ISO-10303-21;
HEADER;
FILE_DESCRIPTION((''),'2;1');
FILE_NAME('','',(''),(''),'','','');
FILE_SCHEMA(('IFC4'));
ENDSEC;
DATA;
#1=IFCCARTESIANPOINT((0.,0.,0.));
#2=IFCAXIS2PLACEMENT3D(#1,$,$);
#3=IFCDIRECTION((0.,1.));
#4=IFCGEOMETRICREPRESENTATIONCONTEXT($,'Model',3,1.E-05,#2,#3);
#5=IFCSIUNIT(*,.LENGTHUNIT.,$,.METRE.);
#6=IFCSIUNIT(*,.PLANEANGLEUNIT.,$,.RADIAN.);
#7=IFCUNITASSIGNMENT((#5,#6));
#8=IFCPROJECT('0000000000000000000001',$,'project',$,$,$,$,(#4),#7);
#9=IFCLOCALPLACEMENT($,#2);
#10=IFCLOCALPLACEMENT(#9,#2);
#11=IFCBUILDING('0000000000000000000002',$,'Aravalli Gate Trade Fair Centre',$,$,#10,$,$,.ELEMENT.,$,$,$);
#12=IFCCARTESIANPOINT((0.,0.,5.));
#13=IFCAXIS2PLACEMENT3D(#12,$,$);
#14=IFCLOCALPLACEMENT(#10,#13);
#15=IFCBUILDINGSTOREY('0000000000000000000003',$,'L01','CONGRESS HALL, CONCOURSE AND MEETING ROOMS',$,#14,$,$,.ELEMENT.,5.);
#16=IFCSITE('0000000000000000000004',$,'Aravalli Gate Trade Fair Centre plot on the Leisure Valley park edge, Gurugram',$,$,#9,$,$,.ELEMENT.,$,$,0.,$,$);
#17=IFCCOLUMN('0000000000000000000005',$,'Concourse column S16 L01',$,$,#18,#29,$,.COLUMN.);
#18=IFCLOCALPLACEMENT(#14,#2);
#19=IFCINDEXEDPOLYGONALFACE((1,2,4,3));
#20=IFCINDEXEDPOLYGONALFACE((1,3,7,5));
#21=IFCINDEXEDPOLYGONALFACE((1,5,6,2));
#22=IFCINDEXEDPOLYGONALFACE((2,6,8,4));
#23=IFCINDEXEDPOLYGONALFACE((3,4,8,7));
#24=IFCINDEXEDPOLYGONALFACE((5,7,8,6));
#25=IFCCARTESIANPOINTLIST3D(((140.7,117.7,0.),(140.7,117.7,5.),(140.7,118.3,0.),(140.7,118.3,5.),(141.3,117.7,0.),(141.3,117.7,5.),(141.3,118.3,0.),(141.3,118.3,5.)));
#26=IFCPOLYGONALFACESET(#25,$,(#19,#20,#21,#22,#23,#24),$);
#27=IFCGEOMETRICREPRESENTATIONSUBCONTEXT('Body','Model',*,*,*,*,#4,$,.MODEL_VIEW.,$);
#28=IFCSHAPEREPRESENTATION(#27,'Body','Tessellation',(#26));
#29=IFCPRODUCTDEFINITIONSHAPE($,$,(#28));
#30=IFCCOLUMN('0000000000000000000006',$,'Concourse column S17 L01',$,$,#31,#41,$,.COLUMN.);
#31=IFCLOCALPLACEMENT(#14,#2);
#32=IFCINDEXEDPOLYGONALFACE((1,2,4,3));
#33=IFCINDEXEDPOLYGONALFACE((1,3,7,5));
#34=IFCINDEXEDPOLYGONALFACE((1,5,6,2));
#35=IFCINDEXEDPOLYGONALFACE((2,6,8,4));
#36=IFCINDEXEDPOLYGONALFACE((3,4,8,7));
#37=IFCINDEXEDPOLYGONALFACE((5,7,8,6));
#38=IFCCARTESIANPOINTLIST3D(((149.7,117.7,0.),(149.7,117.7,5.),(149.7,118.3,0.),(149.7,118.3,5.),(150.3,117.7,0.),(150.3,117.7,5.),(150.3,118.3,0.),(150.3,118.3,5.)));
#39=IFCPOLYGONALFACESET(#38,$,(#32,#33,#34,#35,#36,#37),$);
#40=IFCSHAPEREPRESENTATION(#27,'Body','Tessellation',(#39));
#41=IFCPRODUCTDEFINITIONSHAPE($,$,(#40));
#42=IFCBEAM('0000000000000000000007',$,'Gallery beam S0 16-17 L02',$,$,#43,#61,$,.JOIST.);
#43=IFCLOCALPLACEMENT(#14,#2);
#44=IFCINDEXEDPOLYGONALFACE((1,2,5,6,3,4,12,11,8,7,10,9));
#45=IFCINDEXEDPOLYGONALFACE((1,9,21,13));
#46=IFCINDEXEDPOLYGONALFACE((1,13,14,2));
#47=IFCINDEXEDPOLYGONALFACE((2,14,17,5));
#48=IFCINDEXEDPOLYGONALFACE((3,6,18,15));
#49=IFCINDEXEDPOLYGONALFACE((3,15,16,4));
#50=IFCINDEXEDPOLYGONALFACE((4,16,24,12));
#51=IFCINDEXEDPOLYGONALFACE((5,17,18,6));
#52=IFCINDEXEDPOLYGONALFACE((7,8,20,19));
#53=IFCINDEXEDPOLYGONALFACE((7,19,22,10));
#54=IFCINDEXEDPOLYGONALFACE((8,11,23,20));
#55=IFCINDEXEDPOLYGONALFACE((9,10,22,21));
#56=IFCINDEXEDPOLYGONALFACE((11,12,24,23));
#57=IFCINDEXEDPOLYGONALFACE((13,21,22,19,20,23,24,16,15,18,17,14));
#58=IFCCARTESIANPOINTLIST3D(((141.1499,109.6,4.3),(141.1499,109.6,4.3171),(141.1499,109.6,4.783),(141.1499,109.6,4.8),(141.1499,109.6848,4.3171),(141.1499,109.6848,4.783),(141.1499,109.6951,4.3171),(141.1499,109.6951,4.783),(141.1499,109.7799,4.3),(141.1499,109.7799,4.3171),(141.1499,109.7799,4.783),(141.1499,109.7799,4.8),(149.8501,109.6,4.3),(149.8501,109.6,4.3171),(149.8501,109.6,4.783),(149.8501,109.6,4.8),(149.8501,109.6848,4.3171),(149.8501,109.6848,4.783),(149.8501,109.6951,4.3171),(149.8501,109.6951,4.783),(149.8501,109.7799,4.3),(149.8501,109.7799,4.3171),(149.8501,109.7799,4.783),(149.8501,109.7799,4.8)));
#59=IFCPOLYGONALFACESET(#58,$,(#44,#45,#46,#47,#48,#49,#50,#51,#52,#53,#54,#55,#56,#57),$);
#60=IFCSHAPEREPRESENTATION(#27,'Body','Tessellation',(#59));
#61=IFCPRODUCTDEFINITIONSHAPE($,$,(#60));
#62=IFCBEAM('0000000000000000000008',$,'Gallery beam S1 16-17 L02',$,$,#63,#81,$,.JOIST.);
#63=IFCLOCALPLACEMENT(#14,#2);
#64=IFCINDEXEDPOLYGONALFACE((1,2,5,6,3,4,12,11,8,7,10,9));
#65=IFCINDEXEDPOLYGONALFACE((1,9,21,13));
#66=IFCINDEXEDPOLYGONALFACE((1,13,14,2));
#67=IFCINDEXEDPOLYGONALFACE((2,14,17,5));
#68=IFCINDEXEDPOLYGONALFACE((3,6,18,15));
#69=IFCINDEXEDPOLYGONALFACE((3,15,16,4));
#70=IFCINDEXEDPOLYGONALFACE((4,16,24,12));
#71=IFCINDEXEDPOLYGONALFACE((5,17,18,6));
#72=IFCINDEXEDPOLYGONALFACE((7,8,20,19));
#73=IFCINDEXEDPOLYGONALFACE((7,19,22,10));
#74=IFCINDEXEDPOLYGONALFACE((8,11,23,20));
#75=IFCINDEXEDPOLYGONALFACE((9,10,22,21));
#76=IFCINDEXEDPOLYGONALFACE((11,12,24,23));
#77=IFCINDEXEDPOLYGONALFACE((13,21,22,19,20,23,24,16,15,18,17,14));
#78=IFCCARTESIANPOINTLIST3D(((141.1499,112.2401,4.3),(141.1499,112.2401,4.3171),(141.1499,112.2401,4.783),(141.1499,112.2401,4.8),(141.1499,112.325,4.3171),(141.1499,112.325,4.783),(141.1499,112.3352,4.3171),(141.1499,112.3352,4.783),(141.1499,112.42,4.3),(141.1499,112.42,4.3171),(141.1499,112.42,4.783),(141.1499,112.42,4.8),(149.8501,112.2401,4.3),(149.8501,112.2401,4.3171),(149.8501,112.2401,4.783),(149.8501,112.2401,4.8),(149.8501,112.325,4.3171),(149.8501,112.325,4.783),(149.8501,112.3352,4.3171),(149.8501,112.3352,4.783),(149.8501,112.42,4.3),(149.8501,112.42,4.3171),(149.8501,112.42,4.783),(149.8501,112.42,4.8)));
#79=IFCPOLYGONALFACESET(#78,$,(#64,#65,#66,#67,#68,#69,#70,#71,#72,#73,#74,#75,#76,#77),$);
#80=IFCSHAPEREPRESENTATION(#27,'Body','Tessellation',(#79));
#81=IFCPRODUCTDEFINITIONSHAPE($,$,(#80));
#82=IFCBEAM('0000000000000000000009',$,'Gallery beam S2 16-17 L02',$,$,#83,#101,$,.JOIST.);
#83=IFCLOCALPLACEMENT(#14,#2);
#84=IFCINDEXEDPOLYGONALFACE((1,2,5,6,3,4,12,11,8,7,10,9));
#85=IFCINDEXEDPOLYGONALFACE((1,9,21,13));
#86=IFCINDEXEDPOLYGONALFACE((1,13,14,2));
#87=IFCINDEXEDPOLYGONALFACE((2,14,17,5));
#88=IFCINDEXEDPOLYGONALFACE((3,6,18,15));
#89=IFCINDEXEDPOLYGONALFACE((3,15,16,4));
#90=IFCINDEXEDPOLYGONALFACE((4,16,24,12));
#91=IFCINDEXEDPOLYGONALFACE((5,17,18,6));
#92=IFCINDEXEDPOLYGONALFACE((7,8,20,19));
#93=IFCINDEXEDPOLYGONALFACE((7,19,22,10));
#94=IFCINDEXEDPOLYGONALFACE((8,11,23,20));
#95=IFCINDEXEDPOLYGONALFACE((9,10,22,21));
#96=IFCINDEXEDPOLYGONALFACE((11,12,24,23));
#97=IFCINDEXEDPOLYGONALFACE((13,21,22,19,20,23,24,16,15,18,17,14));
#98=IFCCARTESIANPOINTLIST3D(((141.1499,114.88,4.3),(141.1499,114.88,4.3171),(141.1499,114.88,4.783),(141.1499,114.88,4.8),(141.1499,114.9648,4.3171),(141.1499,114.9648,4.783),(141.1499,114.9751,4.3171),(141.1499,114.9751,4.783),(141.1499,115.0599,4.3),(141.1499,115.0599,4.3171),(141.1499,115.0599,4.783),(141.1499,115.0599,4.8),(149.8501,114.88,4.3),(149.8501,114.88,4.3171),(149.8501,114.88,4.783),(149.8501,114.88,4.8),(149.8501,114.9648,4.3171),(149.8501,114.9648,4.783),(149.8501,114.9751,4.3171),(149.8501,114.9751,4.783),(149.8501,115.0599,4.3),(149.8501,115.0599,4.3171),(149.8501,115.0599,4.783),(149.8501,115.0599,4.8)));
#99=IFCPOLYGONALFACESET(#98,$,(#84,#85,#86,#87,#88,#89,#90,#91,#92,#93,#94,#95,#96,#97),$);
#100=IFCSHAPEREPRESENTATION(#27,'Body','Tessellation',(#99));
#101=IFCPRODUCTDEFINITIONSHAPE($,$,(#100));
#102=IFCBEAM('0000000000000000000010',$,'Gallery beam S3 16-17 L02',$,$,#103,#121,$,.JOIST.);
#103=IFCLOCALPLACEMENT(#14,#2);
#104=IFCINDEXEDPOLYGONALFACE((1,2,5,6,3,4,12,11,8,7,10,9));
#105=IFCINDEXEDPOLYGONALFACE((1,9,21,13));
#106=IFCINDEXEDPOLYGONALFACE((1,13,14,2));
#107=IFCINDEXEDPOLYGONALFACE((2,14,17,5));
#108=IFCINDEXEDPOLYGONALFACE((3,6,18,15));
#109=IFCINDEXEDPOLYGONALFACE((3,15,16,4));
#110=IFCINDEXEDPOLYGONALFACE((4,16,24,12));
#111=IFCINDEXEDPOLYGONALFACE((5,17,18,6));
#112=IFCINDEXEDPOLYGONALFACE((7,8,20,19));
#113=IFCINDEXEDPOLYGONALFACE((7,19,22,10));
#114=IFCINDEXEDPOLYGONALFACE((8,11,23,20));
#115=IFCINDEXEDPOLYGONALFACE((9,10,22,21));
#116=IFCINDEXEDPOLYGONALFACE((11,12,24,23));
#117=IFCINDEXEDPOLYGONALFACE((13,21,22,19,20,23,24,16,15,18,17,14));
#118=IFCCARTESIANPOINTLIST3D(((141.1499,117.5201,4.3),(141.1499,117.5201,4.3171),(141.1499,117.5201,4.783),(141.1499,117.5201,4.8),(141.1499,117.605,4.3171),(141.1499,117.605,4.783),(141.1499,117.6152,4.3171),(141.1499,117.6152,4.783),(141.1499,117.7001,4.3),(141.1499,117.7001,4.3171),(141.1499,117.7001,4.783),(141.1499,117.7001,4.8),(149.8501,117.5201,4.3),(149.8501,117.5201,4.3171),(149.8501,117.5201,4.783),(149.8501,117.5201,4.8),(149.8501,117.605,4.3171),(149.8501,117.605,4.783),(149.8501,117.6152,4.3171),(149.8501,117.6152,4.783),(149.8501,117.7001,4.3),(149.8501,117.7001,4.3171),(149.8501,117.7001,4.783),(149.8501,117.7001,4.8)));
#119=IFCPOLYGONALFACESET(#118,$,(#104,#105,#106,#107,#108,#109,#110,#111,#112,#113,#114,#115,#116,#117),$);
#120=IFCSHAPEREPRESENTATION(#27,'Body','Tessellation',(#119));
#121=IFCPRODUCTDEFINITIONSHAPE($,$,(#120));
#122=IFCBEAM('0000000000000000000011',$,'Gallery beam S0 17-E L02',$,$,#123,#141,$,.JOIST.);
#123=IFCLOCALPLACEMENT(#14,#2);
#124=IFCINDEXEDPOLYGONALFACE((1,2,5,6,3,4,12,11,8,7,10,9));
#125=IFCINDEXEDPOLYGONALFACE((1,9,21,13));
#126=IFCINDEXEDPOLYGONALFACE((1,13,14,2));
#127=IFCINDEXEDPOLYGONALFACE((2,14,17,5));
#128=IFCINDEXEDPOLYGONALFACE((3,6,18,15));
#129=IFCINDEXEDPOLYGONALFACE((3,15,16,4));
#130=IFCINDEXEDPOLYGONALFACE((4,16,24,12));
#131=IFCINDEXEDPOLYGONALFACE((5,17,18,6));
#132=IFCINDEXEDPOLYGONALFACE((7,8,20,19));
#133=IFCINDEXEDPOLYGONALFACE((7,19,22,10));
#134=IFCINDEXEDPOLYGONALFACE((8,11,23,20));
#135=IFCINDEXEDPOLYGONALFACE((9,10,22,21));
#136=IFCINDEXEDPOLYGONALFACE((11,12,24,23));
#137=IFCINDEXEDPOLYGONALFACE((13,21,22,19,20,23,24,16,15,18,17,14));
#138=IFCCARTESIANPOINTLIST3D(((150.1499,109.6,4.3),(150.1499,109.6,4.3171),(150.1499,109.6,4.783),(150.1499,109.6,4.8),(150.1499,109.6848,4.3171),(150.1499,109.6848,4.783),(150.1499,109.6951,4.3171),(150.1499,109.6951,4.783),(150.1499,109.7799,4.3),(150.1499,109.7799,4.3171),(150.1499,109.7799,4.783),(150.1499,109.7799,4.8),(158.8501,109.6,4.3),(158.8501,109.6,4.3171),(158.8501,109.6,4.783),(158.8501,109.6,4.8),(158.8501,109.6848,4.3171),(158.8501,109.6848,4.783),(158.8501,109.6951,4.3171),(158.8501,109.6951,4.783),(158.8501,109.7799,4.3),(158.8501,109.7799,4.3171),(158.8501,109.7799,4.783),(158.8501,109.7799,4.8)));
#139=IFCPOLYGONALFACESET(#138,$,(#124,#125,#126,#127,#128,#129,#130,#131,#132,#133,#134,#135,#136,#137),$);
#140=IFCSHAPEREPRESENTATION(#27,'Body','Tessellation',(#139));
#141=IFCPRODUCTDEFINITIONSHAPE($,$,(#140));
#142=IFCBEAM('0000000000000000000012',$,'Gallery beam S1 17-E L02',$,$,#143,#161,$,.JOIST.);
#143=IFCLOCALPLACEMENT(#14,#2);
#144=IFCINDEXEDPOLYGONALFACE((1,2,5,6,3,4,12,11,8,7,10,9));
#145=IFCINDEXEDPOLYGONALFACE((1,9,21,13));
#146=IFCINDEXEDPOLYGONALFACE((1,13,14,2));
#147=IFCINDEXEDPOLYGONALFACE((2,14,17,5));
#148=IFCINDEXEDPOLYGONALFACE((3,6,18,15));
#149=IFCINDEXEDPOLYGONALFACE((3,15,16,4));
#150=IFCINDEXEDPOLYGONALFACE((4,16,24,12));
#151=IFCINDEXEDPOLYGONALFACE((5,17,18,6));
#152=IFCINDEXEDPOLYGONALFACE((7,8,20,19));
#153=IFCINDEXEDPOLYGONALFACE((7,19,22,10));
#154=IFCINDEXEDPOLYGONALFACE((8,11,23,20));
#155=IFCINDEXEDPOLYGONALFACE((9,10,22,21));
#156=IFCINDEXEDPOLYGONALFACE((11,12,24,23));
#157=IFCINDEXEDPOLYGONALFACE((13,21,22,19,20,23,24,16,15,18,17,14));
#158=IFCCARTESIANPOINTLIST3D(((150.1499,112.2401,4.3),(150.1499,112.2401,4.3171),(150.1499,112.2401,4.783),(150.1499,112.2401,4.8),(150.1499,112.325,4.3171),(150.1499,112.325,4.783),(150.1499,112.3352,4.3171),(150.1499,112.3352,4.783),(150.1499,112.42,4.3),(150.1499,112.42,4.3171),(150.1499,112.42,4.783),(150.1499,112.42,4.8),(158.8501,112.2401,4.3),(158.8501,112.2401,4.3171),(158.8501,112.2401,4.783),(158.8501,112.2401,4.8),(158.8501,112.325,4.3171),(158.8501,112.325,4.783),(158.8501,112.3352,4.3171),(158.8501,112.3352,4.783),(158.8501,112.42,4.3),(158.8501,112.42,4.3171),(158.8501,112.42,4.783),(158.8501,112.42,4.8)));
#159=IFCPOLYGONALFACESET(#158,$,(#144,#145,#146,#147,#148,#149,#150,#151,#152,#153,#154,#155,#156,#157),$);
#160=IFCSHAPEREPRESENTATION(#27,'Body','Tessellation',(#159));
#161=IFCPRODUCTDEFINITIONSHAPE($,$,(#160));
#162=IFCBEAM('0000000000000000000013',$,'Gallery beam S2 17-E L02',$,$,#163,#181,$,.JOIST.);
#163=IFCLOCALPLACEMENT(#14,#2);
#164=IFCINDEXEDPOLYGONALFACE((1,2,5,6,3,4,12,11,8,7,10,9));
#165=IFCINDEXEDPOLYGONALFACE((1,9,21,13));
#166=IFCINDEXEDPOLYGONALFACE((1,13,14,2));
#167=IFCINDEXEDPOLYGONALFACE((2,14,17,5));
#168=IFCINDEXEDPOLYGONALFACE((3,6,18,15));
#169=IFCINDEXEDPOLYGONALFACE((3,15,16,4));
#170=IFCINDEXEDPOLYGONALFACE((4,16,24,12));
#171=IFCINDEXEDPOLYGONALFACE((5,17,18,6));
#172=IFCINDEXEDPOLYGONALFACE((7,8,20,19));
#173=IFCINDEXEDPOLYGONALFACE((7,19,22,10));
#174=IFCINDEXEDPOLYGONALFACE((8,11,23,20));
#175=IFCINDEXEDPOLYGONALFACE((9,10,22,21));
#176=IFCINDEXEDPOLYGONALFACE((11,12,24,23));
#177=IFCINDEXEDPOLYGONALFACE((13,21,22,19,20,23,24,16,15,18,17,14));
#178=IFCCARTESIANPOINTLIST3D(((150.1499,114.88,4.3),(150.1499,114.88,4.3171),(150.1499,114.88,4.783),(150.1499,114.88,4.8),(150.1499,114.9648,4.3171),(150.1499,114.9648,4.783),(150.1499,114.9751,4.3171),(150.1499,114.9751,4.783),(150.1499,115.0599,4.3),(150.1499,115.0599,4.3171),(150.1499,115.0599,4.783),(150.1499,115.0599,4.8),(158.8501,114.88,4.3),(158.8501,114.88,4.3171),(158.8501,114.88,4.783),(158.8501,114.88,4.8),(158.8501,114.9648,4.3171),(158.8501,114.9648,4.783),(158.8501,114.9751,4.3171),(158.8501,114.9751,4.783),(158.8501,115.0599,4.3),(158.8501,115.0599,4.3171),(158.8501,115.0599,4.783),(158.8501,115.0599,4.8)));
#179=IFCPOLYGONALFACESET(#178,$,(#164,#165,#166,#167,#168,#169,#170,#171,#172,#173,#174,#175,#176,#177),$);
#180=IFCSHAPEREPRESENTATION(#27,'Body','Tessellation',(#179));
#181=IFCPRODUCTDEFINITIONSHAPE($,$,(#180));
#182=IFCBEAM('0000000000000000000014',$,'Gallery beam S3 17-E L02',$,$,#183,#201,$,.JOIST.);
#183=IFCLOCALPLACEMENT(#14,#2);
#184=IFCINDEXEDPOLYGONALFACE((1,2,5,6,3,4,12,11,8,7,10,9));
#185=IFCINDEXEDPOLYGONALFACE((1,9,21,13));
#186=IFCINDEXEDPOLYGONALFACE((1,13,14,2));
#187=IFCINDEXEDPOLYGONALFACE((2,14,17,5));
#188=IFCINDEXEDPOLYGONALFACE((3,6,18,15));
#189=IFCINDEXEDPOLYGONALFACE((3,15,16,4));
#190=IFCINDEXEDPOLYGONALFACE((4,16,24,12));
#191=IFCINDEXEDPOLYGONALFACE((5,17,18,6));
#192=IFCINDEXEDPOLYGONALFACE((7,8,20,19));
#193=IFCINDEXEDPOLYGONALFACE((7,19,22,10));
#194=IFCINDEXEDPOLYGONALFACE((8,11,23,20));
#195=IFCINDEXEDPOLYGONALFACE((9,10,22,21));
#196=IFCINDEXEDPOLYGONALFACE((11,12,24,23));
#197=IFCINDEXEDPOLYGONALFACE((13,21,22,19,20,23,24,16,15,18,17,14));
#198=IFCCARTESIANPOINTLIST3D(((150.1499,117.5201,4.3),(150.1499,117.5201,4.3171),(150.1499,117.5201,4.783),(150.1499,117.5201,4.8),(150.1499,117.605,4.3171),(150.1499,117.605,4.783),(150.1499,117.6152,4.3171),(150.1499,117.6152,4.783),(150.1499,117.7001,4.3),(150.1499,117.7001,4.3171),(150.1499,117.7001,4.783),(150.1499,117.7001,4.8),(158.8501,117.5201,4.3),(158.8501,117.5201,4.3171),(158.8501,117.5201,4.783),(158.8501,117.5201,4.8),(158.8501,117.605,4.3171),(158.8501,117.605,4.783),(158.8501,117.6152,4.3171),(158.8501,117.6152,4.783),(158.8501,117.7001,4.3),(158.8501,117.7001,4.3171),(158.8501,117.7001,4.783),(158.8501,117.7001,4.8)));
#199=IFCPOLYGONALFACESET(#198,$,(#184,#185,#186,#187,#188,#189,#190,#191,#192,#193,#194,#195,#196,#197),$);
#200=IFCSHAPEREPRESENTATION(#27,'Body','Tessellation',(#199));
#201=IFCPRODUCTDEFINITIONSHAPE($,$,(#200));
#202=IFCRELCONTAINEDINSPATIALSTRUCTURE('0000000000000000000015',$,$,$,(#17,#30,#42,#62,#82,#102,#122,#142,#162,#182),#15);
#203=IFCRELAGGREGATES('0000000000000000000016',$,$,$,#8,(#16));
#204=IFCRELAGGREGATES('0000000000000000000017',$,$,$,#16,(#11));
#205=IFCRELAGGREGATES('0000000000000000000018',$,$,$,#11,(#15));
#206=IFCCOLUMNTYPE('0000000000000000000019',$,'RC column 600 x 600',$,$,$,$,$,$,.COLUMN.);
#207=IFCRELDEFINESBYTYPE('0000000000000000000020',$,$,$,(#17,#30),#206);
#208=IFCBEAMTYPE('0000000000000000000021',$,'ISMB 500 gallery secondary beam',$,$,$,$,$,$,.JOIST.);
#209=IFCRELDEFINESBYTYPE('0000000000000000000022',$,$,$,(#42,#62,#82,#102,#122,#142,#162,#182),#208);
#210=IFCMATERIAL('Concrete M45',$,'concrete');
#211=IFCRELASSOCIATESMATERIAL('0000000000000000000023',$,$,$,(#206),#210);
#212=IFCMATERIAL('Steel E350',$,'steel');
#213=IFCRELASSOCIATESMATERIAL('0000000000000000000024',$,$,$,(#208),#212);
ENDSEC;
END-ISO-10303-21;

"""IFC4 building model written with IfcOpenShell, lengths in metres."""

from ifc_helpers import new_model, si_unit, direction, frame, origin, origin_2d, place, context, subcontext, project, spatial, rectangle, i_section, extrude, material, material_profile, profile_set, type_object, element, save


model = new_model("IFC4")

# Units and contexts
model_context = context("Model", 3, precision=1e-05, world=origin(), true_north=direction((0.0, 1.0)))
body_context = subcontext(model_context, "Body", "Model", "MODEL_VIEW")
ifc_project = project(units=[si_unit("LENGTHUNIT", "METRE"), si_unit("PLANEANGLEUNIT", "RADIAN")], contexts=[model_context])

# Site, building, storey
site_placement = place(None, origin())
site = spatial("IfcSite", under=ifc_project, at=site_placement, Name="Aravalli Gate Trade Fair Centre plot on the Leisure Valley park edge, Gurugram", CompositionType="ELEMENT", RefElevation=0.0)
building_placement = place(site_placement, origin())
building = spatial("IfcBuilding", under=site, at=building_placement, Name="Aravalli Gate Trade Fair Centre", CompositionType="ELEMENT")
storey_placement = place(building_placement, frame((0.0, 0.0, 5.0)))
storey = spatial("IfcBuildingStorey", under=building, at=storey_placement, Name="L01", Description="CONGRESS HALL, CONCOURSE AND MEETING ROOMS", CompositionType="ELEMENT", Elevation=5.0)

# Columns
ifc_material_1 = material(Name="Concrete M45", Category="concrete")
ifc_material_profile_1 = material_profile(ifc_material_1, rectangle(XDim=0.6001, YDim=0.6001, at=origin_2d()), Name="RC column 600 x 600")
ifc_profile_set_1 = profile_set([ifc_material_profile_1], Name="Concrete M45")
column_type = type_object("IfcColumnType", Name="RC column 600 x 600", PredefinedType="COLUMN", material=ifc_profile_set_1)
for number, where, z_axis, x_axis, name in (
    (1, (141.0, 118.0, 0.0), (0.0, 0.0, 1.0), (1.0, 0.0, 0.0), "Concourse column S16 L01"),
    (2, (150.0, 118.0, 0.0), (0.0, 0.0, 1.0), (1.0, 0.0, 0.0), "Concourse column S17 L01"),
):
    element("IfcColumn", number, at=place(storey_placement, frame(where, z_axis=z_axis, x_axis=x_axis)), inside=storey, type_object=column_type, Name=name, PredefinedType="COLUMN", context=body_context, shape_type="SweptSolid", body=[
        extrude(rectangle(XDim=0.6001, YDim=0.6001, at=origin_2d()), origin(), (0.0, 0.0, 1.0), 5.0),
    ])

# Beams
ifc_material_2 = material(Name="Steel E350", Category="steel")
ifc_material_profile_2 = material_profile(ifc_material_2, i_section(OverallWidth=0.1799, OverallDepth=0.5, WebThickness=0.0103, FlangeThickness=0.0171, at=origin_2d()), Name="ISMB 500")
ifc_profile_set_2 = profile_set([ifc_material_profile_2], Name="Steel E350")
beam_type_1 = type_object("IfcBeamType", Name="ISMB 500 gallery secondary beam", PredefinedType="JOIST", material=ifc_profile_set_2)
for number, where, z_axis, x_axis, name in (
    (3, (141.1499, 109.6899, 4.55), (1.0, 0.0, 0.0), (0.0, 1.0, 0.0), "Gallery beam S0 16-17 L02"),
    (4, (141.1499, 112.3301, 4.55), (1.0, 0.0, 0.0), (0.0, 1.0, 0.0), "Gallery beam S1 16-17 L02"),
    (5, (141.1499, 114.97, 4.55), (1.0, 0.0, 0.0), (0.0, 1.0, 0.0), "Gallery beam S2 16-17 L02"),
    (6, (141.1499, 117.6101, 4.55), (1.0, 0.0, 0.0), (0.0, 1.0, 0.0), "Gallery beam S3 16-17 L02"),
    (7, (150.1499, 109.6899, 4.55), (1.0, 0.0, 0.0), (0.0, 1.0, 0.0), "Gallery beam S0 17-E L02"),
    (8, (150.1499, 112.3301, 4.55), (1.0, 0.0, 0.0), (0.0, 1.0, 0.0), "Gallery beam S1 17-E L02"),
    (9, (150.1499, 114.97, 4.55), (1.0, 0.0, 0.0), (0.0, 1.0, 0.0), "Gallery beam S2 17-E L02"),
    (10, (150.1499, 117.6101, 4.55), (1.0, 0.0, 0.0), (0.0, 1.0, 0.0), "Gallery beam S3 17-E L02"),
):
    element("IfcBeam", number, at=place(storey_placement, frame(where, z_axis=z_axis, x_axis=x_axis)), inside=storey, type_object=beam_type_1, Name=name, PredefinedType="JOIST", context=body_context, shape_type="SweptSolid", body=[
        extrude(i_section(OverallWidth=0.1799, OverallDepth=0.5, WebThickness=0.0103, FlangeThickness=0.0171, at=origin_2d()), origin(), (0.0, 0.0, 1.0), 8.7002),
    ])

save(model, "model.ifc")
